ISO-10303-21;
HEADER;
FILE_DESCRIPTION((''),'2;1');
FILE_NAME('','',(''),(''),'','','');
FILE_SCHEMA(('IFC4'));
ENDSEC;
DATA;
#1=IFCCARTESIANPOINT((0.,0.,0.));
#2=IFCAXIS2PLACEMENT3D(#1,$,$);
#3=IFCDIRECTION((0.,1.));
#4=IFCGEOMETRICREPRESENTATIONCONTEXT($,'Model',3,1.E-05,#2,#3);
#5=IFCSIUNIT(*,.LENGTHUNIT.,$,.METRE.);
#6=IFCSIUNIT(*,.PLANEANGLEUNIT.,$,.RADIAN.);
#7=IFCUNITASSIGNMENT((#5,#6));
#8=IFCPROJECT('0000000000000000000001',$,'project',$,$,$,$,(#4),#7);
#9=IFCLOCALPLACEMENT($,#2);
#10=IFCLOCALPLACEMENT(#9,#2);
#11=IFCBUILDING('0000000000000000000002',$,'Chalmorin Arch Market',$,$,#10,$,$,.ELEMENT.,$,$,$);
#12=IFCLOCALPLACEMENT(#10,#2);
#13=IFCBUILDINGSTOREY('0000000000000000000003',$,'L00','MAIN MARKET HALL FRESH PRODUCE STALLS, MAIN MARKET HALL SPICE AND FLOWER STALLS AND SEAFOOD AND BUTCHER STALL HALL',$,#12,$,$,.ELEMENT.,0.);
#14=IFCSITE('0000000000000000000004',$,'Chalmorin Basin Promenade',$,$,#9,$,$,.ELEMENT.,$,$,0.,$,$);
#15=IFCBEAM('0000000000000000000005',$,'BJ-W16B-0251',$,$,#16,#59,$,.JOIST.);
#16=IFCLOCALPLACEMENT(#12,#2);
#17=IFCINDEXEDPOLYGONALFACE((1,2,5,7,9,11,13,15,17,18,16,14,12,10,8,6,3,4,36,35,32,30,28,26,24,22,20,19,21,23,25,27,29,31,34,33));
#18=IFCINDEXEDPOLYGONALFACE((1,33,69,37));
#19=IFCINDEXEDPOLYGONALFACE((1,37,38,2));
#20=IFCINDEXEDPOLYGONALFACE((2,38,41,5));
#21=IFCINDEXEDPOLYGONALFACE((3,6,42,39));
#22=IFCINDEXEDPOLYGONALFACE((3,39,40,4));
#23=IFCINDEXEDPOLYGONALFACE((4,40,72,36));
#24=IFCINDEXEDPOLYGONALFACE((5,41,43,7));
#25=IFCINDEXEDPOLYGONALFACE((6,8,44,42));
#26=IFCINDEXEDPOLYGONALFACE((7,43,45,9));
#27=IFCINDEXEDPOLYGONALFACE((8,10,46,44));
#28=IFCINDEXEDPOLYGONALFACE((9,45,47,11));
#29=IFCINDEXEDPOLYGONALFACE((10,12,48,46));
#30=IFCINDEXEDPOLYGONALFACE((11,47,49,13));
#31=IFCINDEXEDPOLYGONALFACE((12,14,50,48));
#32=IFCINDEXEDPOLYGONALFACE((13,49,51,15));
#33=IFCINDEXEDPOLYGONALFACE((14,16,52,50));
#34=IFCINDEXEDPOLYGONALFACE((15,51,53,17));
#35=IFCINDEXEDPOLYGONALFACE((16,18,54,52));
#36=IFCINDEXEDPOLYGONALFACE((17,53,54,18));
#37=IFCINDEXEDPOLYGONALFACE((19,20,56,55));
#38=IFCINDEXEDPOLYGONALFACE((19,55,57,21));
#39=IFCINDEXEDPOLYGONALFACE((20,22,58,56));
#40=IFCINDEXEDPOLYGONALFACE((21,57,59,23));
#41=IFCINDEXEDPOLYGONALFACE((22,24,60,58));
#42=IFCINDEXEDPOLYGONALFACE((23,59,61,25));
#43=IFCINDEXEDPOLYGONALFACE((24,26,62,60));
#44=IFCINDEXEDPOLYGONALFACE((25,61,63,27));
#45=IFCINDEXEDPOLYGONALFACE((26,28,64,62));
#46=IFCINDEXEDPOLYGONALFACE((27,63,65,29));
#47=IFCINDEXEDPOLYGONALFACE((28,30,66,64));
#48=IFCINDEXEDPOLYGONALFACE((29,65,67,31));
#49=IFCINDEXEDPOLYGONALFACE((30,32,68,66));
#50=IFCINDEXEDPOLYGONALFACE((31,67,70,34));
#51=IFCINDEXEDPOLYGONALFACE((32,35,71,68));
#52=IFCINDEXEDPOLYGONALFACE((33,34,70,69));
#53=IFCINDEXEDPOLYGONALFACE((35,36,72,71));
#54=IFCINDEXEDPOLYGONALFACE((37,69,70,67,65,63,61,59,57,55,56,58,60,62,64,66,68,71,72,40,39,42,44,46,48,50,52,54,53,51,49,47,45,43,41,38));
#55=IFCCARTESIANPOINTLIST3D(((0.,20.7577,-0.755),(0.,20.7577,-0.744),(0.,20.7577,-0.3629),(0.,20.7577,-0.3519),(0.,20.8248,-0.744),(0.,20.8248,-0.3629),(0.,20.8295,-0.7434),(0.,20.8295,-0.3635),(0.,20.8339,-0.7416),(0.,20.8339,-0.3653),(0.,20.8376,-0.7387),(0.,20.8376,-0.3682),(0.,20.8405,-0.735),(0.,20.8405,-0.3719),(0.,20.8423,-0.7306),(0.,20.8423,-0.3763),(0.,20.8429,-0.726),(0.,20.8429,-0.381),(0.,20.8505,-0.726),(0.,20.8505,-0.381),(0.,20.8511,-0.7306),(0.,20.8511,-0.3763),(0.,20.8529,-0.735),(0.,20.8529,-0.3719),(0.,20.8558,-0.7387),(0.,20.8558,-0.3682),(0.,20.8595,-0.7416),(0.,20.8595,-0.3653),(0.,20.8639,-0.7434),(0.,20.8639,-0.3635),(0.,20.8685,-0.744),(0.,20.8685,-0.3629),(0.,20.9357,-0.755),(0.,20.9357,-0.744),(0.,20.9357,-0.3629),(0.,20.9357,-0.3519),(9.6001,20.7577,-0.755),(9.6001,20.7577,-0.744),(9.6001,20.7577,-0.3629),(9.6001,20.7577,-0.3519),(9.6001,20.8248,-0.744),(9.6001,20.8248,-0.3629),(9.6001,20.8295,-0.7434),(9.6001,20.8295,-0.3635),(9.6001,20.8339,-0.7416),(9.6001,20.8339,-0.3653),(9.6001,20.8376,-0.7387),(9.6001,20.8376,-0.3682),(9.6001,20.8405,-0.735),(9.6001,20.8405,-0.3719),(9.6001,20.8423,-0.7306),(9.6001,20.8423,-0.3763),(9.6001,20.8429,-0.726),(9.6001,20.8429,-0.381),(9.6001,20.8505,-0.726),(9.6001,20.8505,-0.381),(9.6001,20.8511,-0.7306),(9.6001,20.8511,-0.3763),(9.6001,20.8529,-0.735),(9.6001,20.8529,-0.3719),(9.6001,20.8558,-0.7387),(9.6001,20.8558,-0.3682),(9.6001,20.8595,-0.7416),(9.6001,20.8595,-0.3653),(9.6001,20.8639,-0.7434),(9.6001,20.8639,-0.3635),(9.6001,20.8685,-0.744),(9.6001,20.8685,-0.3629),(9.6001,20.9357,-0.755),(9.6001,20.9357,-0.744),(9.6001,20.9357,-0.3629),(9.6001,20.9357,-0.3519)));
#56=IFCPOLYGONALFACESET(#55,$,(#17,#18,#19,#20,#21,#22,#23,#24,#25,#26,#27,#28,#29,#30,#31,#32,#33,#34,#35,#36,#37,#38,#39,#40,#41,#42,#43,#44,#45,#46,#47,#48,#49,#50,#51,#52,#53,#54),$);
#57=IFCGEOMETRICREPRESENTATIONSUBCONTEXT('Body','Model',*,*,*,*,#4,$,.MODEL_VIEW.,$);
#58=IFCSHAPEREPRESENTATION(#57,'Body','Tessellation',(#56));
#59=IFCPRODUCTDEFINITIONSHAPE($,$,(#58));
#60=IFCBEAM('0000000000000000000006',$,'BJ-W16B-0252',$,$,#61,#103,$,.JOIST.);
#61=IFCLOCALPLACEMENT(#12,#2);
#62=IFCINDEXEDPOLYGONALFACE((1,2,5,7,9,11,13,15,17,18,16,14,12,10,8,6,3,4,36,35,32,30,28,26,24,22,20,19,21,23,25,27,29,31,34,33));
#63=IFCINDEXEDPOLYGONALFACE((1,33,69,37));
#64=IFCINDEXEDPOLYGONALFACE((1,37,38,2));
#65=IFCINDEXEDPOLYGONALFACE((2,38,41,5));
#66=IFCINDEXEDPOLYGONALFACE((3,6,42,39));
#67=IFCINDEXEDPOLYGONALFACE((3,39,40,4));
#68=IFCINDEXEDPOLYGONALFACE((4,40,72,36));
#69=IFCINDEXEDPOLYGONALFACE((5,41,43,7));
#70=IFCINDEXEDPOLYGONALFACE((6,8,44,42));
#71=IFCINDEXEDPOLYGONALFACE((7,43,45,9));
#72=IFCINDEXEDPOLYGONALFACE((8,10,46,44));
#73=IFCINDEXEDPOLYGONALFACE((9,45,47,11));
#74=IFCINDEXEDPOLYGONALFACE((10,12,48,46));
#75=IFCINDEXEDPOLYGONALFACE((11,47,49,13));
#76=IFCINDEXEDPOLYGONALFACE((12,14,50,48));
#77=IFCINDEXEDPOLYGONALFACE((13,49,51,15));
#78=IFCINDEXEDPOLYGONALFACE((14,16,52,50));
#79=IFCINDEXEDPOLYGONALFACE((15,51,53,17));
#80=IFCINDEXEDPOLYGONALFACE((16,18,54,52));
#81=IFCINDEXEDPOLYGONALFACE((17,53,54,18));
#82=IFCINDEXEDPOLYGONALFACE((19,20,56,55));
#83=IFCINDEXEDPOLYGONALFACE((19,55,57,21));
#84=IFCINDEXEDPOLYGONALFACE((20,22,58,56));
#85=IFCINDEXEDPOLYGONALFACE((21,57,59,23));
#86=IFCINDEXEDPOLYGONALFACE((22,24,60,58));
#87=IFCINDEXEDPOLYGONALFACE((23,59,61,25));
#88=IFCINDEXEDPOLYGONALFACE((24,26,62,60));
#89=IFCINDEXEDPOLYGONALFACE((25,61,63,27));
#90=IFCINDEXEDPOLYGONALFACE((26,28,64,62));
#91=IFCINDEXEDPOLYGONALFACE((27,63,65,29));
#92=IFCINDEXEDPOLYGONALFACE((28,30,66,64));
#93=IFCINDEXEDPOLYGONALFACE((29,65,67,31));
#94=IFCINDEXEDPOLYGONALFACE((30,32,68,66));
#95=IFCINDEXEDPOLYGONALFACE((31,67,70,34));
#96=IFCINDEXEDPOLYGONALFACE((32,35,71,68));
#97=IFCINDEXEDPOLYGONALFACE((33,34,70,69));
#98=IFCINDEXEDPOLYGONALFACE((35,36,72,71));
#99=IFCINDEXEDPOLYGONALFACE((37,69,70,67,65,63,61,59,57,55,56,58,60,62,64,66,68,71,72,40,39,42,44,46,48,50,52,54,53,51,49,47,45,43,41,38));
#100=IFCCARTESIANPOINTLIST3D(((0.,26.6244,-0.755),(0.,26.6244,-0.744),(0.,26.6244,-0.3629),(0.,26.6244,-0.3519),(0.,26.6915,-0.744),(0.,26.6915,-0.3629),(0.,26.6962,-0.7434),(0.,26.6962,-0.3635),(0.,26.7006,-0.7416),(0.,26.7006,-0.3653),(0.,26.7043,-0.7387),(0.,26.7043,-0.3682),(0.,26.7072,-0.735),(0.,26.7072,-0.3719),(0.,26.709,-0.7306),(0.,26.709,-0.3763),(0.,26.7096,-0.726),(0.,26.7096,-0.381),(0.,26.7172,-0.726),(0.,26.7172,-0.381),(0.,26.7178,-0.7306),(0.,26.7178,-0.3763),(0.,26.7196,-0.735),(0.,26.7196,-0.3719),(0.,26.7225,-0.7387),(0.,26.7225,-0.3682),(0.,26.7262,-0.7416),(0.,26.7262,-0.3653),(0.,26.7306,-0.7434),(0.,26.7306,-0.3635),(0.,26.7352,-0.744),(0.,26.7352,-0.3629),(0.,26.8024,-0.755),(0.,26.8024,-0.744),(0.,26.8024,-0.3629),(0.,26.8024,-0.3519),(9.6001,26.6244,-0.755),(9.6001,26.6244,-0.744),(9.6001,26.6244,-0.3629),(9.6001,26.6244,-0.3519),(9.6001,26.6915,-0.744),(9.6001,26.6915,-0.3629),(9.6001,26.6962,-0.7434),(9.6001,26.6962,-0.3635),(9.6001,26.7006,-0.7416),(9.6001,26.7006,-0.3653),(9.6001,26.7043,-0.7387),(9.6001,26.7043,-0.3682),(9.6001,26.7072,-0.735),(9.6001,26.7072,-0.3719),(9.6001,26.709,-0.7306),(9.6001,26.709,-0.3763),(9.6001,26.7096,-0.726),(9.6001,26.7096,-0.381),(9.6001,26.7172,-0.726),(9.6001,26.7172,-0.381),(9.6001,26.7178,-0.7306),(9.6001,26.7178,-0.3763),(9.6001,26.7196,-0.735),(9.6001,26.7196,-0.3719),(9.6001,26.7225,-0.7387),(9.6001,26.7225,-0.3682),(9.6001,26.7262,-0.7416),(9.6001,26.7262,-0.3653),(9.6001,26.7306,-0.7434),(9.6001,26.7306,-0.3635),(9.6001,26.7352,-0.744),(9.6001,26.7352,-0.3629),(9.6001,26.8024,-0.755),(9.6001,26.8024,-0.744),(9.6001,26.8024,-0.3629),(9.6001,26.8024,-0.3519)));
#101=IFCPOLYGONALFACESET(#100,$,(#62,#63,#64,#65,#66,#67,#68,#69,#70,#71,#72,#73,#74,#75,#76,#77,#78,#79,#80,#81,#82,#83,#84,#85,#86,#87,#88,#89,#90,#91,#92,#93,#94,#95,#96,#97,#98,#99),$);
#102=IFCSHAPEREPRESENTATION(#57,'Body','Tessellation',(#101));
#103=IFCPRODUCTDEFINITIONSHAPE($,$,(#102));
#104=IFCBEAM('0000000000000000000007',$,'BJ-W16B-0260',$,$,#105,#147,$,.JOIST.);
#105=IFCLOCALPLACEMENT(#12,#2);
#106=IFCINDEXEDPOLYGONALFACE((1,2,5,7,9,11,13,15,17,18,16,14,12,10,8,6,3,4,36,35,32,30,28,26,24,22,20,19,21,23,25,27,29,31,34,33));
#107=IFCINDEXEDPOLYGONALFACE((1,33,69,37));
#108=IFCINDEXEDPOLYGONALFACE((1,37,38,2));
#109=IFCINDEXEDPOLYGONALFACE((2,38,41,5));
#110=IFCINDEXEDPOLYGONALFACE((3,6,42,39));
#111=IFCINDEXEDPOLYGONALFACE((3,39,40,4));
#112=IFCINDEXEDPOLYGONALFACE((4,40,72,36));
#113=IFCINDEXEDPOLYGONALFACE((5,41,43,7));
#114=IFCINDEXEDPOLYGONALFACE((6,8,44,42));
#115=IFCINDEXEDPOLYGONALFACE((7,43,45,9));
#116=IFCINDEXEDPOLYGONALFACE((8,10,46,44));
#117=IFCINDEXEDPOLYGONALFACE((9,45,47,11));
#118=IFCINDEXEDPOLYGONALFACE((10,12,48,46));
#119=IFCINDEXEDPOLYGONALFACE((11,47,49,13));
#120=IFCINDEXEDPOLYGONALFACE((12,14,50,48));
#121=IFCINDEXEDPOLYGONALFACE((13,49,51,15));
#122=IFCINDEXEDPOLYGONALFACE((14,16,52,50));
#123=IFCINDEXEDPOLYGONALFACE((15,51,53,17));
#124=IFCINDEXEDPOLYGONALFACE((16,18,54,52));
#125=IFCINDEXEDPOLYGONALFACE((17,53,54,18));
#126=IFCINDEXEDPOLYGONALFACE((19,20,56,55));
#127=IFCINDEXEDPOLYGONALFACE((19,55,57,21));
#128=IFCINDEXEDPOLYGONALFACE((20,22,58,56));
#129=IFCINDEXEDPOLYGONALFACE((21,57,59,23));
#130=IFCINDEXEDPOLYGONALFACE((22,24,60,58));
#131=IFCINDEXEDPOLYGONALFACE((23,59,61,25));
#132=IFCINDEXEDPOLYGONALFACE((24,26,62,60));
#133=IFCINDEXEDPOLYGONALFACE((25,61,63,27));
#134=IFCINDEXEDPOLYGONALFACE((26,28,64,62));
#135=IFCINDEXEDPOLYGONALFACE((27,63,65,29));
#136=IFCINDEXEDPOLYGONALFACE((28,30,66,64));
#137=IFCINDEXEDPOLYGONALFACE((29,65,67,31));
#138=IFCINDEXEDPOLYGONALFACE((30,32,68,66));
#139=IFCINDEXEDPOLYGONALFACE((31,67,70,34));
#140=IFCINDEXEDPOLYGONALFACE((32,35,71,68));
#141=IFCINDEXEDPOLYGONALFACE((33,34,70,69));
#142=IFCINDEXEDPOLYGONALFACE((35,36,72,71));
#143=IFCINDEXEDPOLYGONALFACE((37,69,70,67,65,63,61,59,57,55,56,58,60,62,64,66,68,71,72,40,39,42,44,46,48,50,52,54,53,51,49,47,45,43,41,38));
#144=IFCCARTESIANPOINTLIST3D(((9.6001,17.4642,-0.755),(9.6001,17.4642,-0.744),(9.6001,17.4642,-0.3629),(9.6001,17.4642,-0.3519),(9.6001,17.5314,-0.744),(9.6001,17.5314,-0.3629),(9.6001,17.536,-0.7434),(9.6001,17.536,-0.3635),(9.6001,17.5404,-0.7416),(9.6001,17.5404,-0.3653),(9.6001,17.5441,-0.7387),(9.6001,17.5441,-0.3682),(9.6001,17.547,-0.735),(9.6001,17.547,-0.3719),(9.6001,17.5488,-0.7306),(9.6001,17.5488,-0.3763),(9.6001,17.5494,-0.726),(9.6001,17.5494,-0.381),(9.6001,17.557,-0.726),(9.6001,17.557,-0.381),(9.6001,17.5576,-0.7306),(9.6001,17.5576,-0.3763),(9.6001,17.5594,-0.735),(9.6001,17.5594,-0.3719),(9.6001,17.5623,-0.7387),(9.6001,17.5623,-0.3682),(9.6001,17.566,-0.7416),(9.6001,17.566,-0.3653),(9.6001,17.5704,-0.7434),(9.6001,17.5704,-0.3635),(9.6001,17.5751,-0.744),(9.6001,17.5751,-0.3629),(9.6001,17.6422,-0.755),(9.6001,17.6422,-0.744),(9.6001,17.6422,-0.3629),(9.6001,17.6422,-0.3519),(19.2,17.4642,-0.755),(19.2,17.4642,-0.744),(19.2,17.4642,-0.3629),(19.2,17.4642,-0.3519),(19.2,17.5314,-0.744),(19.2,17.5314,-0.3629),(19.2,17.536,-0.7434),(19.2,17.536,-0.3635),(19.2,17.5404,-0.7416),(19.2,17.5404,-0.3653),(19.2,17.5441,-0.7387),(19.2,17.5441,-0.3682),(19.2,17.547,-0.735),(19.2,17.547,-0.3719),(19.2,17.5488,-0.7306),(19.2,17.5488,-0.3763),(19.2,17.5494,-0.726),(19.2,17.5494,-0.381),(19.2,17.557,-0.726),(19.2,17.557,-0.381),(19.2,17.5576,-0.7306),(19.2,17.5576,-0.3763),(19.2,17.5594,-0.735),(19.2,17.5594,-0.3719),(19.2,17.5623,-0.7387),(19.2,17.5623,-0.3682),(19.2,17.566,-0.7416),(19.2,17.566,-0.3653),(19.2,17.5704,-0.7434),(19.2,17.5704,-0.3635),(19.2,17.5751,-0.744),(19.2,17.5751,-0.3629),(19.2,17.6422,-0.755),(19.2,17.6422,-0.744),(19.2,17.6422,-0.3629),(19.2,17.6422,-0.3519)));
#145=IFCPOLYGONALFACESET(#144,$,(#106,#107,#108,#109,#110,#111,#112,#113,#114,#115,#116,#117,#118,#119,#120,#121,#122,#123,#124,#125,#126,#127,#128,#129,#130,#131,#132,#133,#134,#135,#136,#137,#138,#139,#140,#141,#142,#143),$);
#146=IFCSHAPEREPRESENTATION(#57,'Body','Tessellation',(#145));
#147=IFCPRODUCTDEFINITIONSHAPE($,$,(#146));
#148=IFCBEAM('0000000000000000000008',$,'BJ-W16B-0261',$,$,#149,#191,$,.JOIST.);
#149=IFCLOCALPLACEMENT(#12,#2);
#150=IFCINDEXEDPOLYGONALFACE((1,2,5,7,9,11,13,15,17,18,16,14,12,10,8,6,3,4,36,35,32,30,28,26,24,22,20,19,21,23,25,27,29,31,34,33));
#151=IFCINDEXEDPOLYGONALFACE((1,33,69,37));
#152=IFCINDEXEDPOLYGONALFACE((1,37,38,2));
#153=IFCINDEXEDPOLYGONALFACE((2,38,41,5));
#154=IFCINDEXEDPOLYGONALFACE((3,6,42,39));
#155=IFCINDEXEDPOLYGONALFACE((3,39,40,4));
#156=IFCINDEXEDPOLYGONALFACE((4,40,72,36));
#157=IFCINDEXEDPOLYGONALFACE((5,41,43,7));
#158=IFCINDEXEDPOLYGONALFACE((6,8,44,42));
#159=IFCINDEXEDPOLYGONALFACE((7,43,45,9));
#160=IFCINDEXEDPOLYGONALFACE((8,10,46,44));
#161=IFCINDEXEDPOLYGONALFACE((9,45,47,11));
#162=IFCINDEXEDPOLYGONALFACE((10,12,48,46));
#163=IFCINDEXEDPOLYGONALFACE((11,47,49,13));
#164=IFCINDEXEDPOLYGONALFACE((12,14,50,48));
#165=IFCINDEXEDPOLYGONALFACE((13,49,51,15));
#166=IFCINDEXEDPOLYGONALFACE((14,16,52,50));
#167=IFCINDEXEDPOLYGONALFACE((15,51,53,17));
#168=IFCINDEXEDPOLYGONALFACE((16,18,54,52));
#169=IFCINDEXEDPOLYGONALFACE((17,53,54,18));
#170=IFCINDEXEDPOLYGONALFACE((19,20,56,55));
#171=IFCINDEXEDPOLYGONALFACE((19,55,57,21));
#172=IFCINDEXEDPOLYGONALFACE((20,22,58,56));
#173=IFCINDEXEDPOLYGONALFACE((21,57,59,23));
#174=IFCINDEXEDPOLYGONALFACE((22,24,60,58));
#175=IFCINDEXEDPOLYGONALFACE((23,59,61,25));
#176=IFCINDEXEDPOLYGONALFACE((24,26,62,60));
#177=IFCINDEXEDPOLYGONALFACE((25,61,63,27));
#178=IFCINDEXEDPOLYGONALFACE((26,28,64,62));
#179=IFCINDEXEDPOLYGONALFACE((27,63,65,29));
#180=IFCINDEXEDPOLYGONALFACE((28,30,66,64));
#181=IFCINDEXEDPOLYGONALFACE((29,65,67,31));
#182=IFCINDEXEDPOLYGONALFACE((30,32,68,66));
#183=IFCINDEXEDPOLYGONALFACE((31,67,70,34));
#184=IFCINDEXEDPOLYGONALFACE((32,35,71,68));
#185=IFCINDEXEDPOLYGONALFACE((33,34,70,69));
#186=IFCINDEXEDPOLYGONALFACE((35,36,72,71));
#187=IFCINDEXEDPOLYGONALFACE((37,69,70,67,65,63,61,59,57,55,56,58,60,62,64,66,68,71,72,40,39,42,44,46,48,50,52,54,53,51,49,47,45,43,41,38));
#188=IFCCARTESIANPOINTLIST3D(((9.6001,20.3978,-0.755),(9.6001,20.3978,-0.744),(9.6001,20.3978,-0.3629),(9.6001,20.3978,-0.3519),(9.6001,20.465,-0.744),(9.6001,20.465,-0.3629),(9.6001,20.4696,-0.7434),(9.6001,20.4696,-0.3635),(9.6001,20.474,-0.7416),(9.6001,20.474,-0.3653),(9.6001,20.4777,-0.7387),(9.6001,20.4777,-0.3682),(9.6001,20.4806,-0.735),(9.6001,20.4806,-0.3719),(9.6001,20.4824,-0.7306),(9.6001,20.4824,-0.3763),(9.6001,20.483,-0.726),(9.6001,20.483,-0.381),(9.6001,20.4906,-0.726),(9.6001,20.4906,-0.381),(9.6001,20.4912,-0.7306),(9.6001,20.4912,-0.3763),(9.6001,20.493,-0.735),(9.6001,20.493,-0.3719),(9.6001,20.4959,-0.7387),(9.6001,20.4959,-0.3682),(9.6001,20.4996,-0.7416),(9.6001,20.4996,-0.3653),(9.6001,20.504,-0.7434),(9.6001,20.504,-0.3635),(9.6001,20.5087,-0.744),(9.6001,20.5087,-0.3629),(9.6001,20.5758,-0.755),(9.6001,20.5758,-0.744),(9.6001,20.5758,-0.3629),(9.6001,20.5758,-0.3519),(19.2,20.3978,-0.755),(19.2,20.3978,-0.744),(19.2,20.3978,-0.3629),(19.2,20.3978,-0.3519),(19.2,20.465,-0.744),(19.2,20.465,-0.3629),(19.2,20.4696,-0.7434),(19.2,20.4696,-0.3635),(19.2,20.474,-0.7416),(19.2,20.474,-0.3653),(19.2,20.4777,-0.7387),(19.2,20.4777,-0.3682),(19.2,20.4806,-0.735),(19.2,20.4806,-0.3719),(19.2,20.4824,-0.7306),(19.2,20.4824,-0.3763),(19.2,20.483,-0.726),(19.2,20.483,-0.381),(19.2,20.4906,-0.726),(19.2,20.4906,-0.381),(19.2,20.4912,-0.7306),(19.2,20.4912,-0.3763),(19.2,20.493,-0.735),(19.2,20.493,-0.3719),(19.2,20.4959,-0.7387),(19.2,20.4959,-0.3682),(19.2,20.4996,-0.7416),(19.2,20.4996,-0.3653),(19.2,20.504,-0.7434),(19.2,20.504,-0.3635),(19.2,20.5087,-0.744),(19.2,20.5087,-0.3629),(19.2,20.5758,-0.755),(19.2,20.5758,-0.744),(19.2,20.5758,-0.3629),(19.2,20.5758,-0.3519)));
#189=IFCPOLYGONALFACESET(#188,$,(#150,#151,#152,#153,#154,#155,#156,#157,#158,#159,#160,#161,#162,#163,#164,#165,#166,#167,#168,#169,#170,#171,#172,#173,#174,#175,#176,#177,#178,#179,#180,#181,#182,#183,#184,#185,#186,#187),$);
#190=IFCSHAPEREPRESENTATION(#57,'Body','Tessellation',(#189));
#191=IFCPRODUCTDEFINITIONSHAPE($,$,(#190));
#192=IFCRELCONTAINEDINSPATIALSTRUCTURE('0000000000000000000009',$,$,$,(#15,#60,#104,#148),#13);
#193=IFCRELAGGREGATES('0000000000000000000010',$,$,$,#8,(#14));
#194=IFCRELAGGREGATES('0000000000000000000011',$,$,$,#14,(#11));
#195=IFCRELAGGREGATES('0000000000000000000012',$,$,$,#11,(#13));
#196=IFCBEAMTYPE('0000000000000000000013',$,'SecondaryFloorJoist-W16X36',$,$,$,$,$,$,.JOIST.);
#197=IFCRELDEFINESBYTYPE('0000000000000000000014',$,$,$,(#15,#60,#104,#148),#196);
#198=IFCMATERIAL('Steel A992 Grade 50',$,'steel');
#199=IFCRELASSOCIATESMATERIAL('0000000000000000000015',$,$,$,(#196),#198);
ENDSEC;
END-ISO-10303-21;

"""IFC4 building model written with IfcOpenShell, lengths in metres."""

from ifc_helpers import new_model, si_unit, direction, frame, origin, origin_2d, place, context, subcontext, project, spatial, i_section, extrude, material, material_profile, profile_set, type_object, element, save


model = new_model("IFC4")

# Units and contexts
model_context = context("Model", 3, precision=1e-05, world=origin(), true_north=direction((0.0, 1.0)))
body_context = subcontext(model_context, "Body", "Model", "MODEL_VIEW")
ifc_project = project(units=[si_unit("LENGTHUNIT", "METRE"), si_unit("PLANEANGLEUNIT", "RADIAN")], contexts=[model_context])

# Site, building, storey
site_placement = place(None, origin())
site = spatial("IfcSite", under=ifc_project, at=site_placement, Name="Chalmorin Basin Promenade", CompositionType="ELEMENT", RefElevation=0.0)
building_placement = place(site_placement, origin())
building = spatial("IfcBuilding", under=site, at=building_placement, Name="Chalmorin Arch Market", CompositionType="ELEMENT")
storey_placement = place(building_placement, origin())
storey = spatial("IfcBuildingStorey", under=building, at=storey_placement, Name="L00", Description="MAIN MARKET HALL FRESH PRODUCE STALLS, MAIN MARKET HALL SPICE AND FLOWER STALLS AND SEAFOOD AND BUTCHER STALL HALL", CompositionType="ELEMENT", Elevation=0.0)

# Beams
ifc_material_1 = material(Name="Steel A992 Grade 50", Category="steel")
ifc_material_profile_1 = material_profile(ifc_material_1, i_section(OverallWidth=0.178, OverallDepth=0.4031, WebThickness=0.0076, FlangeThickness=0.011, FilletRadius=0.0181, at=origin_2d()), Name="W16X36")
ifc_profile_set_1 = profile_set([ifc_material_profile_1], Name="Steel A992 Grade 50")
beam_type_1 = type_object("IfcBeamType", Name="SecondaryFloorJoist-W16X36", PredefinedType="JOIST", material=ifc_profile_set_1)
for number, where, z_axis, x_axis, name in (
    (1, (0.0, 20.8467, -0.5535), (1.0, 0.0, 0.0), (0.0, 1.0, 0.0), "BJ-W16B-0251"),
    (2, (0.0, 26.7134, -0.5535), (1.0, 0.0, 0.0), (0.0, 1.0, 0.0), "BJ-W16B-0252"),
):
    element("IfcBeam", number, at=place(storey_placement, frame(where, z_axis=z_axis, x_axis=x_axis)), inside=storey, type_object=beam_type_1, Name=name, PredefinedType="JOIST", context=body_context, shape_type="SweptSolid", body=[
        extrude(i_section(OverallWidth=0.178, OverallDepth=0.4031, WebThickness=0.0076, FlangeThickness=0.011, FilletRadius=0.0181, at=origin_2d()), origin(), (0.0, 0.0, 1.0), 9.6001),
    ])
for number, where, z_axis, x_axis, name in (
    (3, (9.6001, 17.5532, -0.5535), (1.0, 0.0, 0.0), (0.0, 1.0, 0.0), "BJ-W16B-0260"),
    (4, (9.6001, 20.4868, -0.5535), (1.0, 0.0, 0.0), (0.0, 1.0, 0.0), "BJ-W16B-0261"),
):
    element("IfcBeam", number, at=place(storey_placement, frame(where, z_axis=z_axis, x_axis=x_axis)), inside=storey, type_object=beam_type_1, Name=name, PredefinedType="JOIST", context=body_context, shape_type="SweptSolid", body=[
        extrude(i_section(OverallWidth=0.178, OverallDepth=0.4031, WebThickness=0.0076, FlangeThickness=0.011, FilletRadius=0.0181, at=origin_2d()), origin(), (0.0, 0.0, 1.0), 9.5999),
    ])

save(model, "model.ifc")
